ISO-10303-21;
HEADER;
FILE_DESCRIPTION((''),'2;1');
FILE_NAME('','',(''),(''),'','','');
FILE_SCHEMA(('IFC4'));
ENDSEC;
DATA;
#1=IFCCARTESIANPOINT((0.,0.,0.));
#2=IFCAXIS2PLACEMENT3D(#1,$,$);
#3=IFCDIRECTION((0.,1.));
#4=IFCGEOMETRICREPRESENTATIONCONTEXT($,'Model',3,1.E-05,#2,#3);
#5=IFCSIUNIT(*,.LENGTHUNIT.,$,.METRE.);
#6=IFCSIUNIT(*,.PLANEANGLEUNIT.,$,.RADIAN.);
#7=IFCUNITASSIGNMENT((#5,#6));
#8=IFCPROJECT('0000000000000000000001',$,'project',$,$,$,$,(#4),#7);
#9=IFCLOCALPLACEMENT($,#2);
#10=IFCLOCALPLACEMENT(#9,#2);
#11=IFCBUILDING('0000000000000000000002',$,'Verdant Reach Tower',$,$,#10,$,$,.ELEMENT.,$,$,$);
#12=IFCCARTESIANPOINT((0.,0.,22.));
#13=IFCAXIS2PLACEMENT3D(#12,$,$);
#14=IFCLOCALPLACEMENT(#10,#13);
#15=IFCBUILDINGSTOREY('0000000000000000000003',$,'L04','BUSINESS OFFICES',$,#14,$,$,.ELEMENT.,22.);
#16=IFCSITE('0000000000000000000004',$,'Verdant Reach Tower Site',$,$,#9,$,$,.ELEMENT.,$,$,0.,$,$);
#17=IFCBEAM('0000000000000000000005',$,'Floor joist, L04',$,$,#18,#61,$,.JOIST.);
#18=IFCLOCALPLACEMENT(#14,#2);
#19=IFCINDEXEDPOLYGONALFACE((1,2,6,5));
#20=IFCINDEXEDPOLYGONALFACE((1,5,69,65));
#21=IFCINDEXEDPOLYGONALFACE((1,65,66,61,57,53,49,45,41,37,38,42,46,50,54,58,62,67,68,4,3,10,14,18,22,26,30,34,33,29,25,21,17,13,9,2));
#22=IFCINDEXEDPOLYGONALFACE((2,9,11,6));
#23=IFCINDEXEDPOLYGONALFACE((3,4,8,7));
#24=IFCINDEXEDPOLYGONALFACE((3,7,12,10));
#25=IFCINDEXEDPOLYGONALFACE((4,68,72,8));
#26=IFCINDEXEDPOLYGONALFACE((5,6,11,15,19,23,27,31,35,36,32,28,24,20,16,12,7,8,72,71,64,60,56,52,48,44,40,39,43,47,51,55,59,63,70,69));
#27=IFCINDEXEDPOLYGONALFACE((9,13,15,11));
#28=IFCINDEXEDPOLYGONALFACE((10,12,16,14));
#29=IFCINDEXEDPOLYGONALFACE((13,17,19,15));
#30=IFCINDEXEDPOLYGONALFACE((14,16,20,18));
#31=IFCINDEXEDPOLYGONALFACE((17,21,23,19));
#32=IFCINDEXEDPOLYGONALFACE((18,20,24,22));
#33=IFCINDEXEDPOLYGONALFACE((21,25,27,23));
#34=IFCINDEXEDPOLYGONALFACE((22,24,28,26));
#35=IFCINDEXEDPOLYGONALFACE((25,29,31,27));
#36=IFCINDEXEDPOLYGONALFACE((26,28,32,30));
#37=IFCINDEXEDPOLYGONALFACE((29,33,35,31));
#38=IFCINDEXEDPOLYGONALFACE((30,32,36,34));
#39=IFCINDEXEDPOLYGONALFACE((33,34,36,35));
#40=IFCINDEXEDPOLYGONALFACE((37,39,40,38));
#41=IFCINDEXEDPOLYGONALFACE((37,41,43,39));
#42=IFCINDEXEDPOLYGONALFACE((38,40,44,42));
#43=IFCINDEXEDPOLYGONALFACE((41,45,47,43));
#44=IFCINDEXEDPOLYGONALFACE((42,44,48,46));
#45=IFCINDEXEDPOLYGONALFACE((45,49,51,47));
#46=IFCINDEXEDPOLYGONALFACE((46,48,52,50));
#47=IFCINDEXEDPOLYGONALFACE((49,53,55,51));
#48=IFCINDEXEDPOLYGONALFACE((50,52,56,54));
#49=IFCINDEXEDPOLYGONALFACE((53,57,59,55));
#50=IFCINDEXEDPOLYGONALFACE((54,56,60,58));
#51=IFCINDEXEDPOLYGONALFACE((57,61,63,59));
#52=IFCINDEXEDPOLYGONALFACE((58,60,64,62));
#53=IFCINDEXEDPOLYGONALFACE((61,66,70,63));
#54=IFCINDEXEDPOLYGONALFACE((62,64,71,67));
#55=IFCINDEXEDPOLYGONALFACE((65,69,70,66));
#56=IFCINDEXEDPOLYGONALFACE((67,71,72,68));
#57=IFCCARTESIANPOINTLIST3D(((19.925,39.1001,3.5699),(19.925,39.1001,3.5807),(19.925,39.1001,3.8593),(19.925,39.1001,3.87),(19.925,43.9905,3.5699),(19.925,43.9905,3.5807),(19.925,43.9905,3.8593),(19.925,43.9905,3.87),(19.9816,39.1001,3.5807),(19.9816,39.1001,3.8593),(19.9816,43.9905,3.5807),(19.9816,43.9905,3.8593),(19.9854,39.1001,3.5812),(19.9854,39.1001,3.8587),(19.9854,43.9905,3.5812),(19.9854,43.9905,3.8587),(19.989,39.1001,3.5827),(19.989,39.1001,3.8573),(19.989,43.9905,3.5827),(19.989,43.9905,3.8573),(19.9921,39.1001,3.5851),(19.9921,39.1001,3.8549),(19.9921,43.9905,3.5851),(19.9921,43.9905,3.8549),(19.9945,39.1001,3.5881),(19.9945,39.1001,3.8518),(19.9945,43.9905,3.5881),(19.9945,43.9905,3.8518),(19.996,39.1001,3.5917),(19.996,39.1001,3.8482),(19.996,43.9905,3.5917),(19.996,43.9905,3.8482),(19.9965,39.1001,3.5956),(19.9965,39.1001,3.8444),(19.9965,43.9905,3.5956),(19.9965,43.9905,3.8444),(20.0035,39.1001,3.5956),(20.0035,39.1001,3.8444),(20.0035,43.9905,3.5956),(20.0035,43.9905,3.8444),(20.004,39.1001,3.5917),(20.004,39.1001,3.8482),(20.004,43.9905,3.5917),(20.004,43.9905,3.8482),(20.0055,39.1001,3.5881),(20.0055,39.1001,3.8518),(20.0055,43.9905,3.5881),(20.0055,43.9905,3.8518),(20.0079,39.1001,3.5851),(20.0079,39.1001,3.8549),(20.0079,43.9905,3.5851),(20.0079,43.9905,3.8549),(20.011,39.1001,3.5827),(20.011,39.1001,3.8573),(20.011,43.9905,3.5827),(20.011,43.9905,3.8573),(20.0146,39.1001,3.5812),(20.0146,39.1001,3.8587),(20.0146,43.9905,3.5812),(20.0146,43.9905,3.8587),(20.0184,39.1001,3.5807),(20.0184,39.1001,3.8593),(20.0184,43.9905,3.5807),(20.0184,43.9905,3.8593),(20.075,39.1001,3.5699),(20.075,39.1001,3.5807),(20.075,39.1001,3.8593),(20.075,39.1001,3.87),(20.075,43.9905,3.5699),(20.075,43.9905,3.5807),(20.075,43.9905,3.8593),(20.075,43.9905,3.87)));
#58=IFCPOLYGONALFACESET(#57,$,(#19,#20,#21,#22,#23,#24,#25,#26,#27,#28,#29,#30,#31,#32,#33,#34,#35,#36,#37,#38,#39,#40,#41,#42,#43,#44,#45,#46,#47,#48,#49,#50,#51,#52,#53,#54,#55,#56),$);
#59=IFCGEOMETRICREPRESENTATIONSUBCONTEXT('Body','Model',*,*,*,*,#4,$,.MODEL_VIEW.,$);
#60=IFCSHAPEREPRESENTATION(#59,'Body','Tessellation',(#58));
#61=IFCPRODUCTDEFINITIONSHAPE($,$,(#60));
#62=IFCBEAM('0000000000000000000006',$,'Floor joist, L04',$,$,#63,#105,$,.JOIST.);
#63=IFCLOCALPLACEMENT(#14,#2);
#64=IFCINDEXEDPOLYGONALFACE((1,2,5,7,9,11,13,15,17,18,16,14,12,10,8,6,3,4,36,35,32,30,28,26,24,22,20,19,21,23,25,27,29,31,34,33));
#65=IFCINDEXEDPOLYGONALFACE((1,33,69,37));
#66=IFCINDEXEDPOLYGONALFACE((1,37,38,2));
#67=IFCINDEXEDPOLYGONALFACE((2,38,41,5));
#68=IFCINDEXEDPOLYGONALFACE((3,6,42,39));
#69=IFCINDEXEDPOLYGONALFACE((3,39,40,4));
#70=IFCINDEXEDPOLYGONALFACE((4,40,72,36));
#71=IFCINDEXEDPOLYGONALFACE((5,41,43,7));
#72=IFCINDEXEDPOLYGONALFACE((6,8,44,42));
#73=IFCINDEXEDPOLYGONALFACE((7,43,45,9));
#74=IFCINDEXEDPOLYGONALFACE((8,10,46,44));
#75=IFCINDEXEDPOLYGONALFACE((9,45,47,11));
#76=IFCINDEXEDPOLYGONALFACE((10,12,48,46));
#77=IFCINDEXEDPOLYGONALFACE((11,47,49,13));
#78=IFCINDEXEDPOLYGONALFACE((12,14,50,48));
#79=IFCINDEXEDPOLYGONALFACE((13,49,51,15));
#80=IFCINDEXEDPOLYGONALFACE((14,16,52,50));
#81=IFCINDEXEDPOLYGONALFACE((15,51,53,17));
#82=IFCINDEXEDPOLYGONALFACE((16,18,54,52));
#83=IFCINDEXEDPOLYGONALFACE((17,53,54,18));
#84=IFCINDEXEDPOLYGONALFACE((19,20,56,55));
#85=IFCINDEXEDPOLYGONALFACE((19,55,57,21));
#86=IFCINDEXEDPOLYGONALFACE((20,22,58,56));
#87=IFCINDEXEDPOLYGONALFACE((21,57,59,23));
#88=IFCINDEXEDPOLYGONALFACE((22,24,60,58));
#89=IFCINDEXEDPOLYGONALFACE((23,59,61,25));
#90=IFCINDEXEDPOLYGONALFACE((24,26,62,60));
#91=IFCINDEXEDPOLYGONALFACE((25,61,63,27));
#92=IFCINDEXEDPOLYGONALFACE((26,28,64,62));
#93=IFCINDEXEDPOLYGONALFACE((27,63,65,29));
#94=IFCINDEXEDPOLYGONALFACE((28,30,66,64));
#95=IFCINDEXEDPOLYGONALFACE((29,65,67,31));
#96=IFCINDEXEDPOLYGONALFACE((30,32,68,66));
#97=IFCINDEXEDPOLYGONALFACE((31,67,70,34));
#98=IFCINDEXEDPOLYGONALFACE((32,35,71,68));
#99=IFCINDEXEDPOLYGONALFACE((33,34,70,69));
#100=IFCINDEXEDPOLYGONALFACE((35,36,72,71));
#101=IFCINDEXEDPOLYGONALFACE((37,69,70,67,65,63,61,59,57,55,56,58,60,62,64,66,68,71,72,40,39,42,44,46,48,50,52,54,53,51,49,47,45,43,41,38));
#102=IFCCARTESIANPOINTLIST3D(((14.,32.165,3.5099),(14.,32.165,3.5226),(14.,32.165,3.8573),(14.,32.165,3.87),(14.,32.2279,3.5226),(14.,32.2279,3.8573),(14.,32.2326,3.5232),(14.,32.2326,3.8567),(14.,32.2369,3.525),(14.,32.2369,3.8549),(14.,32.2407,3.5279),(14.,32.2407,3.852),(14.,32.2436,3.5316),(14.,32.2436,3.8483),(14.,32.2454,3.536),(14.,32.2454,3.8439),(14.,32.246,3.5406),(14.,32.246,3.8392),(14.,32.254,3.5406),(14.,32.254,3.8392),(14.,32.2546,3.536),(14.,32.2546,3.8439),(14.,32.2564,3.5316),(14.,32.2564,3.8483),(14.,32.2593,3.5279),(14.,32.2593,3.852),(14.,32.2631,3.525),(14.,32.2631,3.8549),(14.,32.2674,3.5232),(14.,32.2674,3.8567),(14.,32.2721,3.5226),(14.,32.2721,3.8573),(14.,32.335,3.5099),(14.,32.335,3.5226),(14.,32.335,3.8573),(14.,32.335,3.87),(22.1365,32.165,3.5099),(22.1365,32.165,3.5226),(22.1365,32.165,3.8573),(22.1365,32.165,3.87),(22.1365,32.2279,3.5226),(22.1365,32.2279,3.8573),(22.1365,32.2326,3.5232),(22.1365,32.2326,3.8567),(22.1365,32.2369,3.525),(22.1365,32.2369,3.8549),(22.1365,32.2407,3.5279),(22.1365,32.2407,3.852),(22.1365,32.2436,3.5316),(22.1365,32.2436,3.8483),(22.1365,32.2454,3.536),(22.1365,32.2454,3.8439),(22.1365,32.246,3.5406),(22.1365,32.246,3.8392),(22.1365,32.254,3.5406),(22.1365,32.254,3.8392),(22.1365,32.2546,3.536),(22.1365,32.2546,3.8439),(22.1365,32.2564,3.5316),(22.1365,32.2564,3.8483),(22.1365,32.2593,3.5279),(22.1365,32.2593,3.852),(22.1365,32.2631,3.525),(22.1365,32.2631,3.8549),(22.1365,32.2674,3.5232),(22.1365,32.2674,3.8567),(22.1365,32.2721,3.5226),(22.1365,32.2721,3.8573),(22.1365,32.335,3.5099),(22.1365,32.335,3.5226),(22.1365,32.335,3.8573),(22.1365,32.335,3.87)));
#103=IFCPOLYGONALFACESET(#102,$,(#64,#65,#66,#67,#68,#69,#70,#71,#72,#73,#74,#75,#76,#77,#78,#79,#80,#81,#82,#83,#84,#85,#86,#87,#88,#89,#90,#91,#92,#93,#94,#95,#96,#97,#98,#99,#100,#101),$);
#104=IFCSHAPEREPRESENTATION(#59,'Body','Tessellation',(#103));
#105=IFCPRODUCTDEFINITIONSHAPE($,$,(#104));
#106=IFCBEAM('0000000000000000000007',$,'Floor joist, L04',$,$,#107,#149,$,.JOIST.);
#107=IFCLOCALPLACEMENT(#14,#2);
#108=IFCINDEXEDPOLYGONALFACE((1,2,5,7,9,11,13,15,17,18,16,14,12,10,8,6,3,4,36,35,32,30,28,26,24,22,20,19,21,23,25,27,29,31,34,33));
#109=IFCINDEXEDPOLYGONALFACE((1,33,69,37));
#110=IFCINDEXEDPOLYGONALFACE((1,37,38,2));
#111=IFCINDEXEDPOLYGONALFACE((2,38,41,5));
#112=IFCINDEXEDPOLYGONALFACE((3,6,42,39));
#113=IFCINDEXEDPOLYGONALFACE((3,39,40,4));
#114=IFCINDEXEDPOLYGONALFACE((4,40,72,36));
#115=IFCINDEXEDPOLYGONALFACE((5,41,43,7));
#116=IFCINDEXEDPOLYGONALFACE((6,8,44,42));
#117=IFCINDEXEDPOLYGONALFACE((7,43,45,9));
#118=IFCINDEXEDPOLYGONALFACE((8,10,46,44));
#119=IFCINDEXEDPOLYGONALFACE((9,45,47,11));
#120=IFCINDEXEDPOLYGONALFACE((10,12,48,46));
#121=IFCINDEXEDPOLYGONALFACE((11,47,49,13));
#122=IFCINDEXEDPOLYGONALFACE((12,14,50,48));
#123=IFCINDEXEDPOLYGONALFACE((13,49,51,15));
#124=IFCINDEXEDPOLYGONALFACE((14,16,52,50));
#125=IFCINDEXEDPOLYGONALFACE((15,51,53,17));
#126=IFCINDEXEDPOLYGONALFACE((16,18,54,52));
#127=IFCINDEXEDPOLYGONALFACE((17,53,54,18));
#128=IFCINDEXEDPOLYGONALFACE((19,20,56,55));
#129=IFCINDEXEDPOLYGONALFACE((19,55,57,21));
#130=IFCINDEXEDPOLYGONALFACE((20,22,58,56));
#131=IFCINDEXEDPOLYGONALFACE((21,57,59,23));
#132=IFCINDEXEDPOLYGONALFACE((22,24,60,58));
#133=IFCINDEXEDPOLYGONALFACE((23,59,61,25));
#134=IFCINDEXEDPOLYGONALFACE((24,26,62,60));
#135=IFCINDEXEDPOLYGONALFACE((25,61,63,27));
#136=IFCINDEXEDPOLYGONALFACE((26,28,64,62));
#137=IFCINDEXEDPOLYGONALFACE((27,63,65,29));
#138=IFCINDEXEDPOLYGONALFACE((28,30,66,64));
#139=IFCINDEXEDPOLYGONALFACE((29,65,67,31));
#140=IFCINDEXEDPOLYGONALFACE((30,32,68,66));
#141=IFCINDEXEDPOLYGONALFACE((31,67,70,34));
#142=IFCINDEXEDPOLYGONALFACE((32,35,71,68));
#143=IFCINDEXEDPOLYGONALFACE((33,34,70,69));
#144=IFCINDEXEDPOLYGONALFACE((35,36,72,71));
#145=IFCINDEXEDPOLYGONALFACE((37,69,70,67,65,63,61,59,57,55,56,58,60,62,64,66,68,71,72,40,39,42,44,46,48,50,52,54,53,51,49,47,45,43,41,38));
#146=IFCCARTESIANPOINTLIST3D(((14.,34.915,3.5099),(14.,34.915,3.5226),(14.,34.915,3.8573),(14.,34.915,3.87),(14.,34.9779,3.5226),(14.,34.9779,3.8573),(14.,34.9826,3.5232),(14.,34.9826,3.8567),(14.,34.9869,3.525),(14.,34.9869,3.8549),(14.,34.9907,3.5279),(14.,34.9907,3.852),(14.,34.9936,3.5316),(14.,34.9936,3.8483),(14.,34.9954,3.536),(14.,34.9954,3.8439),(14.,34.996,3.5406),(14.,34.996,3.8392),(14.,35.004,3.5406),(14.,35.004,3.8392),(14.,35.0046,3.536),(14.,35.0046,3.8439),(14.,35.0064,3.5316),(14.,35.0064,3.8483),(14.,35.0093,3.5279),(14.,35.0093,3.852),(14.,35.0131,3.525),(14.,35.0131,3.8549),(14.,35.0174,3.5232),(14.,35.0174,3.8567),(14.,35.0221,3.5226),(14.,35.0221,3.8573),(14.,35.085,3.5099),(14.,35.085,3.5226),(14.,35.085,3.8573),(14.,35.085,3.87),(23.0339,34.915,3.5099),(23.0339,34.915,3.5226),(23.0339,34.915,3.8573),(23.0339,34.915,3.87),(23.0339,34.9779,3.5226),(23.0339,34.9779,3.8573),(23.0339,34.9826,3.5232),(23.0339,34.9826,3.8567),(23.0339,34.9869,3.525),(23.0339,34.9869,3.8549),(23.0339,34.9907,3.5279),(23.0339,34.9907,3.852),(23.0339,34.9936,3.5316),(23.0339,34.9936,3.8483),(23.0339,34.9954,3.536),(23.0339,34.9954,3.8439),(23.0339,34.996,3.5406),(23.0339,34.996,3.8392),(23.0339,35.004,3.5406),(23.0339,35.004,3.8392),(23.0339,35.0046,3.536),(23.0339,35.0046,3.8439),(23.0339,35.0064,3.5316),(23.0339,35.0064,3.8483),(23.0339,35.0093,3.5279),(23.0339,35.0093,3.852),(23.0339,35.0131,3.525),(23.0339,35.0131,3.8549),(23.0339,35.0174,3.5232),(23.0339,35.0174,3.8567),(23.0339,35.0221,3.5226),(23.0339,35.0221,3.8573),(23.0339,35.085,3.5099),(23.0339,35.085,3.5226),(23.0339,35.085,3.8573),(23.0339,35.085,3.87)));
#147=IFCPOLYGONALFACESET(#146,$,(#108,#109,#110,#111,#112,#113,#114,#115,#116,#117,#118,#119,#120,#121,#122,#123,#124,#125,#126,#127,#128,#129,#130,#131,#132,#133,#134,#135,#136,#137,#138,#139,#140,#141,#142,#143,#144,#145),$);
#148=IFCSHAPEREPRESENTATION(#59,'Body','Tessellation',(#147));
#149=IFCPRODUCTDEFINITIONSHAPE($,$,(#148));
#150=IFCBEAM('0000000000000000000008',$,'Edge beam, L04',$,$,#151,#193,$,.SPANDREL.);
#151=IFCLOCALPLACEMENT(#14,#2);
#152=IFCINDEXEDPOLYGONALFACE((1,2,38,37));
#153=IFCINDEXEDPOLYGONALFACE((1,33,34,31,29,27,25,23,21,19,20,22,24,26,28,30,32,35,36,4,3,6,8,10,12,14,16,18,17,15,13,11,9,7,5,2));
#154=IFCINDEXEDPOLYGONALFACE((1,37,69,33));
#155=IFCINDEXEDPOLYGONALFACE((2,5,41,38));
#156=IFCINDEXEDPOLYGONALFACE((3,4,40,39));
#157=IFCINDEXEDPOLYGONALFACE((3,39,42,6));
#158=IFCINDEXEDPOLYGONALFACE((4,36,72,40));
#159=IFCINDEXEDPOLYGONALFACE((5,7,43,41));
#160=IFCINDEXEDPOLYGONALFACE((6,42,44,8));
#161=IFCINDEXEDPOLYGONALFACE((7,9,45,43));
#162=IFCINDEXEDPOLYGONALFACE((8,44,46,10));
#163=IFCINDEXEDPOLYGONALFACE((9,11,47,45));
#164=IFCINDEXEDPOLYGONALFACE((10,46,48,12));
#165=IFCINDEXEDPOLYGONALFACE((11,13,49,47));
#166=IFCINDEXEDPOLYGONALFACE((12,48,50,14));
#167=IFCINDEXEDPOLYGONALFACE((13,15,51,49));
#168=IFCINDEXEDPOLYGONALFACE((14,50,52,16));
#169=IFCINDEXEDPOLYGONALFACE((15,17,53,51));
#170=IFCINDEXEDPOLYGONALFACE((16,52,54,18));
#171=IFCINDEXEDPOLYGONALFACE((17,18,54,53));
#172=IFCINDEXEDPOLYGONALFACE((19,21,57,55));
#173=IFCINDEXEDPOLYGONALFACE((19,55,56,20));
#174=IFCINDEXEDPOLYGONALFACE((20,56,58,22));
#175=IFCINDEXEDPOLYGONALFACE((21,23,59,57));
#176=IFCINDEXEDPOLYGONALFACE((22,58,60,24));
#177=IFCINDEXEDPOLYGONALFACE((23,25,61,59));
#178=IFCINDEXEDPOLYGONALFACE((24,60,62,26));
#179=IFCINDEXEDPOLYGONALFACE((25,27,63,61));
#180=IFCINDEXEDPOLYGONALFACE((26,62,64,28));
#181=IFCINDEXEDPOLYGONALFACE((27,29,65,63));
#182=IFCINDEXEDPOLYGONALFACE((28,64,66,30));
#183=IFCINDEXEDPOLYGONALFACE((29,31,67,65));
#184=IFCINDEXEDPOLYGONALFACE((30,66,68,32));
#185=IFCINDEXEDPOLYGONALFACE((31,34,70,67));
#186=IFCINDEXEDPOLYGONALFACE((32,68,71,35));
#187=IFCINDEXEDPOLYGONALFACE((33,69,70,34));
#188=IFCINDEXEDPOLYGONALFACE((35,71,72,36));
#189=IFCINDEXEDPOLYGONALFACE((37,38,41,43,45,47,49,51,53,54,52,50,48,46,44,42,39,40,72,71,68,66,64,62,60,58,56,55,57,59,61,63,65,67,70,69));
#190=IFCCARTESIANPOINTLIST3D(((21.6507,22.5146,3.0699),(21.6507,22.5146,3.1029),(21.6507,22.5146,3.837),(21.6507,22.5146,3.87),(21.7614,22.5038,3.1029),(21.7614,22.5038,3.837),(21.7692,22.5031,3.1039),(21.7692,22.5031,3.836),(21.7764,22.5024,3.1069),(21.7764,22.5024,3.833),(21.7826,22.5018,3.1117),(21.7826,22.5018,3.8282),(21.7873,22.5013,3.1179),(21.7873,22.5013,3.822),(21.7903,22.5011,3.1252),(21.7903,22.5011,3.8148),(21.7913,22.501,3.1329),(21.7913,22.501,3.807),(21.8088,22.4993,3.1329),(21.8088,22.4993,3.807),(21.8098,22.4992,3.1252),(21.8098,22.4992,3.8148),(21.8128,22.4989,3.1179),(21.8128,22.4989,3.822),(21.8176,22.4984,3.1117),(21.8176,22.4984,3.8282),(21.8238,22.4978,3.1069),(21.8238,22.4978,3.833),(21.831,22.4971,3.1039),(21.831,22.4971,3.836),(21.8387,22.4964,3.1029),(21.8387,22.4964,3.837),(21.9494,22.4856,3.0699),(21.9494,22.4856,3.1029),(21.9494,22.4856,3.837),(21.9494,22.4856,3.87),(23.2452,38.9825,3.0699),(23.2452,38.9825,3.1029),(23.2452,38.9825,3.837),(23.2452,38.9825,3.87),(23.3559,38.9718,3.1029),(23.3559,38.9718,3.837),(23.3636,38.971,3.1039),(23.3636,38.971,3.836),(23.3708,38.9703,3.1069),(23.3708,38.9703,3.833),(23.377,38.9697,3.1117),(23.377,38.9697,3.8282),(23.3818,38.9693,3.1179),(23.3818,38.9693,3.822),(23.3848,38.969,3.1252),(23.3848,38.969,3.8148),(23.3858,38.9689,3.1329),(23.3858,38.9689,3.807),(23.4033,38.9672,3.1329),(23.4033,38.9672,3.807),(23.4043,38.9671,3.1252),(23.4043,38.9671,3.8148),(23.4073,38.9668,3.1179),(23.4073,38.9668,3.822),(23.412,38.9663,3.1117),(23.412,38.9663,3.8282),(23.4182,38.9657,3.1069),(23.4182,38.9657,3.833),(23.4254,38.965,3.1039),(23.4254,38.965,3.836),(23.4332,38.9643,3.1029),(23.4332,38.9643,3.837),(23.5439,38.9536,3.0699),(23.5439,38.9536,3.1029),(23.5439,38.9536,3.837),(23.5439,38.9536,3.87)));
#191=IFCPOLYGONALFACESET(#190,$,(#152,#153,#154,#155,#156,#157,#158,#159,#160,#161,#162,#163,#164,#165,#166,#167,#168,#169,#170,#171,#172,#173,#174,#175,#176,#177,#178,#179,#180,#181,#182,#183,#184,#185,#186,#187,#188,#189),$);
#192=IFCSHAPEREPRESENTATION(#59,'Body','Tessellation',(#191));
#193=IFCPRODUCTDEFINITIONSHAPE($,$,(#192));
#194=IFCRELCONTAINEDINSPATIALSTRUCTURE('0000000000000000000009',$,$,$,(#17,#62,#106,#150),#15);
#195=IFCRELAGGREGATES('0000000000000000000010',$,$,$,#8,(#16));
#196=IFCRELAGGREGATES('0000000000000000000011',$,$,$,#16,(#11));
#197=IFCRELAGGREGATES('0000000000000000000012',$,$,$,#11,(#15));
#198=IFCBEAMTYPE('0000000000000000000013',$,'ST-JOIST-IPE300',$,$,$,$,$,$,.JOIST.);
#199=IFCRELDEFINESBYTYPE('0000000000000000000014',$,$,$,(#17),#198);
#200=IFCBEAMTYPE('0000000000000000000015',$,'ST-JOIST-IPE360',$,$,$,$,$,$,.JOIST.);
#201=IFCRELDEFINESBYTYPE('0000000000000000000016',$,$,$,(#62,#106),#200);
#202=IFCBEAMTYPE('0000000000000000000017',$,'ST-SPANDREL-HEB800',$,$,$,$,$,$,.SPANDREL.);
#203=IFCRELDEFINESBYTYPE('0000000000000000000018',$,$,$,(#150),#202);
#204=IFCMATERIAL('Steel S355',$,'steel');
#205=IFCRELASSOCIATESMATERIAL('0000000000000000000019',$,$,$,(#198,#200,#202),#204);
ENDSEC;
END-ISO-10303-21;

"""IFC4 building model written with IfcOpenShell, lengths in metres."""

from ifc_helpers import new_model, si_unit, direction, frame, origin, origin_2d, place, context, subcontext, project, spatial, i_section, extrude, material, material_profile, profile_set, type_object, element, save


model = new_model("IFC4")

# Units and contexts
model_context = context("Model", 3, precision=1e-05, world=origin(), true_north=direction((0.0, 1.0)))
body_context = subcontext(model_context, "Body", "Model", "MODEL_VIEW")
ifc_project = project(units=[si_unit("LENGTHUNIT", "METRE"), si_unit("PLANEANGLEUNIT", "RADIAN")], contexts=[model_context])

# Site, building, storey
site_placement = place(None, origin())
site = spatial("IfcSite", under=ifc_project, at=site_placement, Name="Verdant Reach Tower Site", CompositionType="ELEMENT", RefElevation=0.0)
building_placement = place(site_placement, origin())
building = spatial("IfcBuilding", under=site, at=building_placement, Name="Verdant Reach Tower", CompositionType="ELEMENT")
storey_placement = place(building_placement, frame((0.0, 0.0, 22.0)))
storey = spatial("IfcBuildingStorey", under=building, at=storey_placement, Name="L04", Description="BUSINESS OFFICES", CompositionType="ELEMENT", Elevation=22.0)

# Beams
ifc_material_1 = material(Name="Steel S355", Category="steel")
ifc_material_profile_1 = material_profile(ifc_material_1, i_section(OverallWidth=0.1499, OverallDepth=0.3, WebThickness=0.0071, FlangeThickness=0.0107, FilletRadius=0.0149, at=origin_2d()), Name="IPE 300")
ifc_profile_set_1 = profile_set([ifc_material_profile_1], Name="Steel S355")
beam_type_1 = type_object("IfcBeamType", Name="ST-JOIST-IPE300", PredefinedType="JOIST", material=ifc_profile_set_1)
beam_1_placement = place(storey_placement, frame((20.0, 39.1001, 3.72), z_axis=(0.0, 1.0, 0.0), x_axis=(-1.0, 0.0, 0.0)))
element("IfcBeam", 1, at=beam_1_placement, inside=storey, type_object=beam_type_1, Name="Floor joist, L04", PredefinedType="JOIST", context=body_context, shape_type="SweptSolid", body=[
    extrude(i_section(OverallWidth=0.1499, OverallDepth=0.3, WebThickness=0.0071, FlangeThickness=0.0107, FilletRadius=0.0149, at=origin_2d()), origin(), (0.0, 0.0, 1.0), 4.8904),
])
ifc_material_profile_2 = material_profile(ifc_material_1, i_section(OverallWidth=0.1699, OverallDepth=0.3601, WebThickness=0.0081, FlangeThickness=0.0127, FilletRadius=0.0181, at=origin_2d()), Name="IPE 360")
ifc_profile_set_2 = profile_set([ifc_material_profile_2], Name="Steel S355")
beam_type_2 = type_object("IfcBeamType", Name="ST-JOIST-IPE360", PredefinedType="JOIST", material=ifc_profile_set_2)
beam_2_placement = place(storey_placement, frame((14.0, 32.25, 3.6899), z_axis=(1.0, 0.0, 0.0), x_axis=(0.0, 1.0, 0.0)))
element("IfcBeam", 2, at=beam_2_placement, inside=storey, type_object=beam_type_2, Name="Floor joist, L04", PredefinedType="JOIST", context=body_context, shape_type="SweptSolid", body=[
    extrude(i_section(OverallWidth=0.1699, OverallDepth=0.3601, WebThickness=0.0081, FlangeThickness=0.0127, FilletRadius=0.0181, at=origin_2d()), origin(), (0.0, 0.0, 1.0), 8.1365),
])
beam_3_placement = place(storey_placement, frame((14.0, 35.0, 3.6899), z_axis=(1.0, 0.0, 0.0), x_axis=(0.0, 1.0, 0.0)))
element("IfcBeam", 3, at=beam_3_placement, inside=storey, type_object=beam_type_2, Name="Floor joist, L04", PredefinedType="JOIST", context=body_context, shape_type="SweptSolid", body=[
    extrude(i_section(OverallWidth=0.1699, OverallDepth=0.3601, WebThickness=0.0081, FlangeThickness=0.0127, FilletRadius=0.0181, at=origin_2d()), origin(), (0.0, 0.0, 1.0), 9.0339),
])
ifc_material_profile_3 = material_profile(ifc_material_1, i_section(OverallWidth=0.3, OverallDepth=0.8, WebThickness=0.0176, FlangeThickness=0.033, FilletRadius=0.03, at=origin_2d()), Name="HEB 800")
ifc_profile_set_3 = profile_set([ifc_material_profile_3], Name="Steel S355")
beam_type_3 = type_object("IfcBeamType", Name="ST-SPANDREL-HEB800", PredefinedType="SPANDREL", material=ifc_profile_set_3)
for number, where, z_axis, x_axis, name in (
    (4, (23.3945, 38.968, 3.47), (-0.096372, -0.995345, 0.0), (0.995345, -0.096372, 0.0), "Edge beam, L04"),
):
    element("IfcBeam", number, at=place(storey_placement, frame(where, z_axis=z_axis, x_axis=x_axis)), inside=storey, type_object=beam_type_3, Name=name, PredefinedType="SPANDREL", context=body_context, shape_type="SweptSolid", body=[
        extrude(i_section(OverallWidth=0.3, OverallDepth=0.8, WebThickness=0.0176, FlangeThickness=0.033, FilletRadius=0.03, at=origin_2d()), origin(), (0.0, 0.0, 1.0), 16.5449),
    ])

save(model, "model.ifc")
